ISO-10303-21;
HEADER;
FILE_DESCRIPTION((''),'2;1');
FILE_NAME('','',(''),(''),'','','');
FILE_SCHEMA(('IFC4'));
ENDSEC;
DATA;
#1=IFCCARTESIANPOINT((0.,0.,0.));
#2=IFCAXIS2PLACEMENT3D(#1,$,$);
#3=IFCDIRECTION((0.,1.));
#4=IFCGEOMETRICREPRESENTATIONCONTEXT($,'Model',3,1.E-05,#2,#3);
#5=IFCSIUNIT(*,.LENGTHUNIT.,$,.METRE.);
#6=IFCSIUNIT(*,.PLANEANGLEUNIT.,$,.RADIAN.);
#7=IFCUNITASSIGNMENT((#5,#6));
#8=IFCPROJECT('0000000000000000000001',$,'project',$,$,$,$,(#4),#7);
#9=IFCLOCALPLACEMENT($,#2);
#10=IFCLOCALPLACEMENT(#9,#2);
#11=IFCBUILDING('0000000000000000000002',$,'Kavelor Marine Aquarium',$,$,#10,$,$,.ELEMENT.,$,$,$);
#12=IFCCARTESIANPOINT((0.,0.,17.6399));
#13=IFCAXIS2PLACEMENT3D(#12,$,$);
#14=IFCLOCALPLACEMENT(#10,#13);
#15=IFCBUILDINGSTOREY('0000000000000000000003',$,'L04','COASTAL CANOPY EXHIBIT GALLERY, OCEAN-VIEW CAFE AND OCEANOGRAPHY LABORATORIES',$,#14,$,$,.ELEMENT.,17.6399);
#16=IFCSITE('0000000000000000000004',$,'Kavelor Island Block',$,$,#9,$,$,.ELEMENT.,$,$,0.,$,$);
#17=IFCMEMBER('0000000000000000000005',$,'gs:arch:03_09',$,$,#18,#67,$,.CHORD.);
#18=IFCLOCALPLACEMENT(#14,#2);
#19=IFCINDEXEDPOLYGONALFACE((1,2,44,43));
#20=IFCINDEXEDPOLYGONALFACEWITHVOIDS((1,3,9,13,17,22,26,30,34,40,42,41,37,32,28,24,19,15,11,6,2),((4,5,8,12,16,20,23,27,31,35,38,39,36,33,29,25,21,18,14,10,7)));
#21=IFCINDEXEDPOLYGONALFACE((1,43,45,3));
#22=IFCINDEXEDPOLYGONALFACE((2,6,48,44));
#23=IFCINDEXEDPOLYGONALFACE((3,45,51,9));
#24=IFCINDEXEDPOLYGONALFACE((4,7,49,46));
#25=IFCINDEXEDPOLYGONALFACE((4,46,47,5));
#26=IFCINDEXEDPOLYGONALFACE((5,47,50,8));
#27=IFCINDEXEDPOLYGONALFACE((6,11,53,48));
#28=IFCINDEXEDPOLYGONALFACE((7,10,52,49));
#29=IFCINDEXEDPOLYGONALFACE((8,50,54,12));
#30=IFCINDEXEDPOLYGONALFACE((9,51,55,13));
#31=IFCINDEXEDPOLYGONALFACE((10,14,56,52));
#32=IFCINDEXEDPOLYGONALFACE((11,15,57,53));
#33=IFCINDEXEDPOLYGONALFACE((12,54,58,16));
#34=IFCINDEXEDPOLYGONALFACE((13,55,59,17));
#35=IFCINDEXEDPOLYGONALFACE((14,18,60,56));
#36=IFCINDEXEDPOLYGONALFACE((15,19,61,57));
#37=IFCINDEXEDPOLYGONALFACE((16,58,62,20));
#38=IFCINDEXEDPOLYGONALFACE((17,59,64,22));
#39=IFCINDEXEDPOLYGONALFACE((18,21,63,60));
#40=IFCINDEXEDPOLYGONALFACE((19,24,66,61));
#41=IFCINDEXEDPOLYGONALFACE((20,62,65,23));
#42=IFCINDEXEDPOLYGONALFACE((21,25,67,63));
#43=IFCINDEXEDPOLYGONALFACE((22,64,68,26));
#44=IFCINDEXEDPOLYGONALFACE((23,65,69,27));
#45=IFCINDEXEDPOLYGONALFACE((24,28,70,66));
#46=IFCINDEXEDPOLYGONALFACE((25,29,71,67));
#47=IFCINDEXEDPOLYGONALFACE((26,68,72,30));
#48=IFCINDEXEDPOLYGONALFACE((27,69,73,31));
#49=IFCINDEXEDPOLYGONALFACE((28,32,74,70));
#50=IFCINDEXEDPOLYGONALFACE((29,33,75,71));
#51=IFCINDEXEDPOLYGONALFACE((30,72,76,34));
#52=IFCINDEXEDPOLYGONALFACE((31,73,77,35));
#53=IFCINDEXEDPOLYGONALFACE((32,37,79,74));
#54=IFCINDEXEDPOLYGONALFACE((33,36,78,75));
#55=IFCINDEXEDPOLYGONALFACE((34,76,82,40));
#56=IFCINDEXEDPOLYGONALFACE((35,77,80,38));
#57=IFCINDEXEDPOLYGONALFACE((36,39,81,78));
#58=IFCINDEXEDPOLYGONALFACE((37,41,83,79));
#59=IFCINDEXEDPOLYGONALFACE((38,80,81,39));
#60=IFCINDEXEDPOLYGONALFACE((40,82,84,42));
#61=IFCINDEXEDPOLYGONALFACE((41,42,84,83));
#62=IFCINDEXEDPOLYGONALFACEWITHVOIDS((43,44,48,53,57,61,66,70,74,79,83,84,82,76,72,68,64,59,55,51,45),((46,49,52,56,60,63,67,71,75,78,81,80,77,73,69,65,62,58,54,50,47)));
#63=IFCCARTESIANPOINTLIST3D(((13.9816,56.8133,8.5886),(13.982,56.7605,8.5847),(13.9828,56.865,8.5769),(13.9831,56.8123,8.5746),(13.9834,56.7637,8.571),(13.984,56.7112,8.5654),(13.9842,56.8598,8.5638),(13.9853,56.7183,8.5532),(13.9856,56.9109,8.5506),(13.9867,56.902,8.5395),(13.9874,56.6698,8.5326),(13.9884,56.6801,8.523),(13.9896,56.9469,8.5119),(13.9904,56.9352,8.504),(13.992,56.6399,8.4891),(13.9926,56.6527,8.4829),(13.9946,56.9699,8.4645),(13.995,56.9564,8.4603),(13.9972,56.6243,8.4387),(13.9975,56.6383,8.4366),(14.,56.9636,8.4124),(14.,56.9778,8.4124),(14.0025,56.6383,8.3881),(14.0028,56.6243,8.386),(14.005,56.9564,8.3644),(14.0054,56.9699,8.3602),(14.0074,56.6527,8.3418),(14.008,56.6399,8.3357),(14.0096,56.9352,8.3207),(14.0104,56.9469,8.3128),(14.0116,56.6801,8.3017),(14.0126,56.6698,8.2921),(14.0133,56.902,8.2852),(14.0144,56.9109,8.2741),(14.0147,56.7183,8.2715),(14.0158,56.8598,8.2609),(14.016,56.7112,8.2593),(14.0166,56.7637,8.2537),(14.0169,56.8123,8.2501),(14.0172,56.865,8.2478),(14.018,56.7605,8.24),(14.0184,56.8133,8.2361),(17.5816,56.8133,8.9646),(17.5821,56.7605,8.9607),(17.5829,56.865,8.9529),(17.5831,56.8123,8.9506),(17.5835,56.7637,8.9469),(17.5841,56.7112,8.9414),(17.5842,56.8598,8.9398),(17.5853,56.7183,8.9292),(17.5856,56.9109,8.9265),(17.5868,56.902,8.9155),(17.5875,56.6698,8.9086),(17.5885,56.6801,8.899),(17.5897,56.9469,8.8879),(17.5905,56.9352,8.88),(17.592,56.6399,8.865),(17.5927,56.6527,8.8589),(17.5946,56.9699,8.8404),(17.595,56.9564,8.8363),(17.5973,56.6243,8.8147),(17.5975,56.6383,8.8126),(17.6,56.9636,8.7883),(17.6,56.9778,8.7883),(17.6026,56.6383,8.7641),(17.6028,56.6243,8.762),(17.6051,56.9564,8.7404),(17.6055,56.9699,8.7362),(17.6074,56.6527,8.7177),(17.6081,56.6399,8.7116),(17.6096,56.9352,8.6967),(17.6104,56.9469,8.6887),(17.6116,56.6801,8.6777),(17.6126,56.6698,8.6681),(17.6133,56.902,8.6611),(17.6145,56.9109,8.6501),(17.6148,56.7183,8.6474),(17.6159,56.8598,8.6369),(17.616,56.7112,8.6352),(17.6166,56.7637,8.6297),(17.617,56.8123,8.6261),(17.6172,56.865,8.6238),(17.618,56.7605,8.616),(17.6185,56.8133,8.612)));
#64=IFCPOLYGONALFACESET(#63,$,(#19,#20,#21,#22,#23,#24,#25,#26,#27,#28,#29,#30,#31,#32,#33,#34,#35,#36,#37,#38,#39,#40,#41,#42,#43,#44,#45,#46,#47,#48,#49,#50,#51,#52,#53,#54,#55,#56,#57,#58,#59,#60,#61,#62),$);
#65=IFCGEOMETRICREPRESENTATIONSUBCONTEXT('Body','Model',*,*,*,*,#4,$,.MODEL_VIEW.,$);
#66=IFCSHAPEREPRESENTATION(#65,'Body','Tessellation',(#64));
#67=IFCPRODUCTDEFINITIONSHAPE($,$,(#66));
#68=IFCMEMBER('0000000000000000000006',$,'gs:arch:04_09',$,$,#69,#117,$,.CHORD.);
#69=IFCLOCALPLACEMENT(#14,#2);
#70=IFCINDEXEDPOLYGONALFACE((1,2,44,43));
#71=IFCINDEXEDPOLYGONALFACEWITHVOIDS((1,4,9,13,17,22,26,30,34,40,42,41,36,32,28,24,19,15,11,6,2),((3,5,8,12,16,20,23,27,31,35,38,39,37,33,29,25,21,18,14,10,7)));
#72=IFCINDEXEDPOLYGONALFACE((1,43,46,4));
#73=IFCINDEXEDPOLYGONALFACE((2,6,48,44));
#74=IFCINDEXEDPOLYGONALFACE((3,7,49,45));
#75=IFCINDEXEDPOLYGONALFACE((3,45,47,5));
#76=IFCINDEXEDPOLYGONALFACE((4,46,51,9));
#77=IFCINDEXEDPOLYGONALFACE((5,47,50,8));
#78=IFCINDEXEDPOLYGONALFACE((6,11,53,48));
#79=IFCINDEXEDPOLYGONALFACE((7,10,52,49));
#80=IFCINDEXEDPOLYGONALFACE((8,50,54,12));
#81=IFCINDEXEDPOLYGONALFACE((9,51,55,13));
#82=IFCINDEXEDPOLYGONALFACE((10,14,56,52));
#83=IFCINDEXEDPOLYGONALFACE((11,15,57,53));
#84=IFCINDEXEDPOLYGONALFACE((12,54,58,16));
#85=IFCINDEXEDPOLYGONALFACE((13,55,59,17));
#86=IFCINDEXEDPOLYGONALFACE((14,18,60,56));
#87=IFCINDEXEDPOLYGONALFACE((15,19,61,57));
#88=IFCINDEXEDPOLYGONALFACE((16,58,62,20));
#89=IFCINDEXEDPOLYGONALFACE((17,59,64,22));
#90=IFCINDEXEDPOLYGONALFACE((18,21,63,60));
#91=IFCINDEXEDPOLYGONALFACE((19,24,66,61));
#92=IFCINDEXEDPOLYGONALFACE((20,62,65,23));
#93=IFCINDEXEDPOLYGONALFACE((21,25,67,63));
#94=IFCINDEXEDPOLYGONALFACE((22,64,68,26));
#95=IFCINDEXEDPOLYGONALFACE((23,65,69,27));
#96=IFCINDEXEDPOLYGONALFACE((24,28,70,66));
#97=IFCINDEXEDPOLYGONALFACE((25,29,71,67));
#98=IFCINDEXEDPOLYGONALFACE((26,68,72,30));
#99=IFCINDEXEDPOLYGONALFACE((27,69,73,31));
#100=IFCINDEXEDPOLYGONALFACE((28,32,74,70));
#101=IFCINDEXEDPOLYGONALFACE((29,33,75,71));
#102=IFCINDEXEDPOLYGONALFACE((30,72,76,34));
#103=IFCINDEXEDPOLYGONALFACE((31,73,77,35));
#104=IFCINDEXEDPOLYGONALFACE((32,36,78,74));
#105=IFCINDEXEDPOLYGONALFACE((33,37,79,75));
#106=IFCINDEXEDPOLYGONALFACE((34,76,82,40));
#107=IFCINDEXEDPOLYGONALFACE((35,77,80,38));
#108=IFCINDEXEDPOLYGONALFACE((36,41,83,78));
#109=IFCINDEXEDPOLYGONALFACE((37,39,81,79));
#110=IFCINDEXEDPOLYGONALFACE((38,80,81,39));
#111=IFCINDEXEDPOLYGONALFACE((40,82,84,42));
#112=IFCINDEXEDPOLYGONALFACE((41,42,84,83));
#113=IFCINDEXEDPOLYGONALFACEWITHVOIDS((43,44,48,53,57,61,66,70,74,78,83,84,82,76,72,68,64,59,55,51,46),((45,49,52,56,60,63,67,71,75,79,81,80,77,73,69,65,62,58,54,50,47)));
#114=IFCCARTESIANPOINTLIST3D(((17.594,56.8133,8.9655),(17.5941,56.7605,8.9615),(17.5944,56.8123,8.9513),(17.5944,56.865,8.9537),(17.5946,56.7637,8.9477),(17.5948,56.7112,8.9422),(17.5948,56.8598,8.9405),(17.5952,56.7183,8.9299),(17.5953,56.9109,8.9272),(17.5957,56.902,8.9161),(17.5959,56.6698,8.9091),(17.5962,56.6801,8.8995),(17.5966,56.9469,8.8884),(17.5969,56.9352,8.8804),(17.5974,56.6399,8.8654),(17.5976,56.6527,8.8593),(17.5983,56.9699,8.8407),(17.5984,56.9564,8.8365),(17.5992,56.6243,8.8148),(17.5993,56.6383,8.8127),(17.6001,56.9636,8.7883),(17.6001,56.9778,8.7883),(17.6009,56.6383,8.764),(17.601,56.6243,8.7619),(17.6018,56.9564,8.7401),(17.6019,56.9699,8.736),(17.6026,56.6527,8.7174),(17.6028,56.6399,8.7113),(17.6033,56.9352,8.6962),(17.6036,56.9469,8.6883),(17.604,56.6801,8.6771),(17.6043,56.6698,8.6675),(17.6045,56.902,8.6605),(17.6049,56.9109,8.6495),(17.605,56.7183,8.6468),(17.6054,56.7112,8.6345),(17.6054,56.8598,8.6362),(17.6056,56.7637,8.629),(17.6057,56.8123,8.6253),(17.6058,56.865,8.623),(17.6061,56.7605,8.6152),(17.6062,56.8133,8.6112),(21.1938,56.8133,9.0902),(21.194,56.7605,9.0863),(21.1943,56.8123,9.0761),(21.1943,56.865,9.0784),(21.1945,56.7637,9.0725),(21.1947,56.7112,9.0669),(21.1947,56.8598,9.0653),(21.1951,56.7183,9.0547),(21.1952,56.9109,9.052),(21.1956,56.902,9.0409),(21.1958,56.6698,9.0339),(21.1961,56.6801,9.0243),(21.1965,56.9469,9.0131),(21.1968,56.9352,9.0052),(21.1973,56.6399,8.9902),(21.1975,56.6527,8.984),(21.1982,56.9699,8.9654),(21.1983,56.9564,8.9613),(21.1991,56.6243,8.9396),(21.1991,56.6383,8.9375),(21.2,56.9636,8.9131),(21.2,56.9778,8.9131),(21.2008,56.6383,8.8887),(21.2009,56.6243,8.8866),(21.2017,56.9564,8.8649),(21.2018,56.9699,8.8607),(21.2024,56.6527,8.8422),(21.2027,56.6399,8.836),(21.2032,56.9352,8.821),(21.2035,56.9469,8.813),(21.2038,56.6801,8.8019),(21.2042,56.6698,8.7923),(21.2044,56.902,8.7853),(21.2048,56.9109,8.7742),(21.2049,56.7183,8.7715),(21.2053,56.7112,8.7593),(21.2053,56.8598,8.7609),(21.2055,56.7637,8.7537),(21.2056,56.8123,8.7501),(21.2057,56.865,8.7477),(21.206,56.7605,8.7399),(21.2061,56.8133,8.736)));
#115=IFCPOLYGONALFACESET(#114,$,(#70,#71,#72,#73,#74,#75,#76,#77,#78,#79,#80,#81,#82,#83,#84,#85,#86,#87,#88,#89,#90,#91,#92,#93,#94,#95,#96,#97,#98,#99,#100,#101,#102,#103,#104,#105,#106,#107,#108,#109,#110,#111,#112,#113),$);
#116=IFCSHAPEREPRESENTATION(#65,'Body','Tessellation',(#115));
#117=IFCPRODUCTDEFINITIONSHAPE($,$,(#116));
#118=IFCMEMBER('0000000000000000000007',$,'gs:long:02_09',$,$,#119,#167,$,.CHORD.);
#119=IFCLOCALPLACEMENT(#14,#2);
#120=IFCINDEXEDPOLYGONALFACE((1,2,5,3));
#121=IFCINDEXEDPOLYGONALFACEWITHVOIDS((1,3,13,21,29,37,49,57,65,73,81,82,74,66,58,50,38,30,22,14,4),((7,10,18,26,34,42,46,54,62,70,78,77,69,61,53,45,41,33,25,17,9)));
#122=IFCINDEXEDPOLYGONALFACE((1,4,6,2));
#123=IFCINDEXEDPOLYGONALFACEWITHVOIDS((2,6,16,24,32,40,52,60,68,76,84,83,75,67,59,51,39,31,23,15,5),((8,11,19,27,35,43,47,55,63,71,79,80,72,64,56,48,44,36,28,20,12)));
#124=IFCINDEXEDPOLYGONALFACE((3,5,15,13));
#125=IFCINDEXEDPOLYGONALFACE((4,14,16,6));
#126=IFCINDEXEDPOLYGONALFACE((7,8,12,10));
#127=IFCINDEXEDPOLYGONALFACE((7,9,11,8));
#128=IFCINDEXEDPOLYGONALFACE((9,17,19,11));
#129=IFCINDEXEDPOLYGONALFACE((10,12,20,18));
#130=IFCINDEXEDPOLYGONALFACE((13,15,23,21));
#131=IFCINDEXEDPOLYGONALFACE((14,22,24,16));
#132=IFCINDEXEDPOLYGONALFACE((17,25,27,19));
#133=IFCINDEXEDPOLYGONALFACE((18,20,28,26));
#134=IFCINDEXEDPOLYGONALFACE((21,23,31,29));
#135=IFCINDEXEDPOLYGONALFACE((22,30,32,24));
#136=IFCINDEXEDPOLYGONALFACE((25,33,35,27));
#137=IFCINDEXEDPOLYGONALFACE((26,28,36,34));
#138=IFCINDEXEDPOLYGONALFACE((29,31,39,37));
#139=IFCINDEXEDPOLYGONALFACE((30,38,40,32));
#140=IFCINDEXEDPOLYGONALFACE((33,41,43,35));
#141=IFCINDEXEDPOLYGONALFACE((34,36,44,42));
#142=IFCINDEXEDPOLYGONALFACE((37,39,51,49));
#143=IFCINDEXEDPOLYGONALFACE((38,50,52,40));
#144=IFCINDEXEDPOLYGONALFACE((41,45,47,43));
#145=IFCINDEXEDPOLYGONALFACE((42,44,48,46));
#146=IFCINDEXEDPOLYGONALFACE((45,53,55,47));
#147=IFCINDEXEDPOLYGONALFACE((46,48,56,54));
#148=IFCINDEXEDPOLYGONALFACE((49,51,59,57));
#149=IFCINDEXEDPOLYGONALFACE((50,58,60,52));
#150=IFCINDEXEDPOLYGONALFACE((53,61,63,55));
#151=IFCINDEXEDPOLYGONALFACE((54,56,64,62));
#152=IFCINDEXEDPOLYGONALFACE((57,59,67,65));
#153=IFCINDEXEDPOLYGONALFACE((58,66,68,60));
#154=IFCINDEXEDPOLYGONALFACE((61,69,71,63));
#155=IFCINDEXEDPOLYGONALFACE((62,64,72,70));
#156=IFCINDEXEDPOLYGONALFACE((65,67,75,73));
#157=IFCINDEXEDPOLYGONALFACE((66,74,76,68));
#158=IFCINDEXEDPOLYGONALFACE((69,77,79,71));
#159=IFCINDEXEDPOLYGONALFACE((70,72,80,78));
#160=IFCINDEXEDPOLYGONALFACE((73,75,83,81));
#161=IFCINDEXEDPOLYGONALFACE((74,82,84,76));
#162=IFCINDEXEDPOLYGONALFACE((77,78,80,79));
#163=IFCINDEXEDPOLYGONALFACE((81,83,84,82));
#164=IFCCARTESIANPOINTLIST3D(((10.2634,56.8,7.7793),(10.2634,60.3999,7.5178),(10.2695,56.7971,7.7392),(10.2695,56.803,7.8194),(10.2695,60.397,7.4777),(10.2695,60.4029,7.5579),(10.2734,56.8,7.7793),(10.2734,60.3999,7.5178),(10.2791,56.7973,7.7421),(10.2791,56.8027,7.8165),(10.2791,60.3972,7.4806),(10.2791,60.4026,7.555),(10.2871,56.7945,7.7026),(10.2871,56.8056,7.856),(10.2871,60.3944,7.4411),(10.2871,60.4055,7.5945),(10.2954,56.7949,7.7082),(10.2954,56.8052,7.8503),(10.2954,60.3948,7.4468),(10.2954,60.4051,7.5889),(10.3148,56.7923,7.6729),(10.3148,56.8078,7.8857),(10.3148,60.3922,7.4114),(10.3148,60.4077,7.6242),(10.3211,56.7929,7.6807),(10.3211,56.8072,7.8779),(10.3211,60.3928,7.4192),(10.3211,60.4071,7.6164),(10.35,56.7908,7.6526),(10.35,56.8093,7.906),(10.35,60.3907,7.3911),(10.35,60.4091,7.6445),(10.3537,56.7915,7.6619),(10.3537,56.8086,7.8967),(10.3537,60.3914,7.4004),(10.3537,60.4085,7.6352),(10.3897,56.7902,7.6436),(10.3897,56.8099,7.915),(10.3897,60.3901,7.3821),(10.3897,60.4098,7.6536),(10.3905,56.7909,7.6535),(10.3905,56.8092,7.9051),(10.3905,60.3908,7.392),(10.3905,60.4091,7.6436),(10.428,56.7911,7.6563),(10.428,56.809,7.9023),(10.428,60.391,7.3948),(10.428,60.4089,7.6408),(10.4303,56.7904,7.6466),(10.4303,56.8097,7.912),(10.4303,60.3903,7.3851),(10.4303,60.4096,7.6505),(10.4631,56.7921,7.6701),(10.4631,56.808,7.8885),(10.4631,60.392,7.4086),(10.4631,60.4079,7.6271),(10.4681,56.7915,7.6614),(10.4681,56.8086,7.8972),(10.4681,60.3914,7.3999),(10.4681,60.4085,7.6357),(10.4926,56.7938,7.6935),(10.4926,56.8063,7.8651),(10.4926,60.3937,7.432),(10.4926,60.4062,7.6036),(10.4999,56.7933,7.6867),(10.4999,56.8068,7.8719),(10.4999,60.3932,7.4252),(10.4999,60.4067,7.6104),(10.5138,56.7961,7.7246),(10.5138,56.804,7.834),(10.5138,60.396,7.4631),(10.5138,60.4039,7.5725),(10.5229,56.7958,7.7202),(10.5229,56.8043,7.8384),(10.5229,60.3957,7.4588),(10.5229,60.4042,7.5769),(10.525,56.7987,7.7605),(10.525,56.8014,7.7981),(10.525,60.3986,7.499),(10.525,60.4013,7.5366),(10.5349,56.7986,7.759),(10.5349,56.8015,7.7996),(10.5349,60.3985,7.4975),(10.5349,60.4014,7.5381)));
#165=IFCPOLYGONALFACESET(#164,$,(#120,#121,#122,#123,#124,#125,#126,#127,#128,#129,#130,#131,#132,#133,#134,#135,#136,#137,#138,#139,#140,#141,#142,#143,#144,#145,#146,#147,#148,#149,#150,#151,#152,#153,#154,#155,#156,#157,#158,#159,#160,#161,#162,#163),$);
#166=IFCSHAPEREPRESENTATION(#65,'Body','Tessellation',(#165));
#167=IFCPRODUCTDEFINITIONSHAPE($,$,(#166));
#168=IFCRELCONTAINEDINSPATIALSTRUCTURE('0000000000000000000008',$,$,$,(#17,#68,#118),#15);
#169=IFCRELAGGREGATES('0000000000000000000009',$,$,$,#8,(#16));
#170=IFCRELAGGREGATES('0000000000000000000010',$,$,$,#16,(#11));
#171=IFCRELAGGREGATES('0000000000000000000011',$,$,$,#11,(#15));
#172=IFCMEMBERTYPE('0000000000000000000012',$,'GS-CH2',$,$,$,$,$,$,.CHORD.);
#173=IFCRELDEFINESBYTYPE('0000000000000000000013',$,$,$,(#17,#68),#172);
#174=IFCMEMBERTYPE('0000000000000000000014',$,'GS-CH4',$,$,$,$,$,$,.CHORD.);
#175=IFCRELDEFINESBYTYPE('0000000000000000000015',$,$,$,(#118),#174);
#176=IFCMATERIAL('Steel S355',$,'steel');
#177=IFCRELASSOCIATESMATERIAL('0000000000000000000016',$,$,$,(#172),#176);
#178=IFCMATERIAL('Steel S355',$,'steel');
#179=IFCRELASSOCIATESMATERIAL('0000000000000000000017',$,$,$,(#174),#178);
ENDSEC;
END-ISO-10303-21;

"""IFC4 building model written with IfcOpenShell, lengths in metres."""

from ifc_helpers import new_model, si_unit, direction, frame, origin, origin_2d, place, context, subcontext, project, spatial, hollow_circle, extrude, material, material_profile, profile_set, type_object, element, save


model = new_model("IFC4")

# Units and contexts
model_context = context("Model", 3, precision=1e-05, world=origin(), true_north=direction((0.0, 1.0)))
body_context = subcontext(model_context, "Body", "Model", "MODEL_VIEW")
ifc_project = project(units=[si_unit("LENGTHUNIT", "METRE"), si_unit("PLANEANGLEUNIT", "RADIAN")], contexts=[model_context])

# Site, building, storey
site_placement = place(None, origin())
site = spatial("IfcSite", under=ifc_project, at=site_placement, Name="Kavelor Island Block", CompositionType="ELEMENT", RefElevation=0.0)
building_placement = place(site_placement, origin())
building = spatial("IfcBuilding", under=site, at=building_placement, Name="Kavelor Marine Aquarium", CompositionType="ELEMENT")
storey_placement = place(building_placement, frame((0.0, 0.0, 17.6399)))
storey = spatial("IfcBuildingStorey", under=building, at=storey_placement, Name="L04", Description="COASTAL CANOPY EXHIBIT GALLERY, OCEAN-VIEW CAFE AND OCEANOGRAPHY LABORATORIES", CompositionType="ELEMENT", Elevation=17.6399)

# Members
ifc_material_1 = material(Name="Steel S355", Category="steel")
ifc_material_profile_1 = material_profile(ifc_material_1, hollow_circle(Radius=0.1777, WallThickness=0.0142, at=origin_2d()), Name="CHS 355.6x14.2")
ifc_profile_set_1 = profile_set([ifc_material_profile_1], Name="Steel S355")
member_type_1 = type_object("IfcMemberType", Name="GS-CH2", PredefinedType="CHORD", material=ifc_profile_set_1)
member_1_placement = place(storey_placement, frame((14.0, 56.8, 8.4124), z_axis=(0.994591, 0.0, 0.10387), x_axis=(0.0, 1.0, 0.0)))
element("IfcMember", 1, at=member_1_placement, inside=storey, type_object=member_type_1, Name="gs:arch:03_09", PredefinedType="CHORD", context=body_context, shape_type="SweptSolid", body=[
    extrude(hollow_circle(Radius=0.1777, WallThickness=0.0142, at=origin_2d()), origin(), (0.0, 0.0, 1.0), 3.6196),
])
member_2_placement = place(storey_placement, frame((17.6001, 56.8, 8.7883), z_axis=(0.9994, 0.0, 0.034635), x_axis=(0.0, 1.0, 0.0)))
element("IfcMember", 2, at=member_2_placement, inside=storey, type_object=member_type_1, Name="gs:arch:04_09", PredefinedType="CHORD", context=body_context, shape_type="SweptSolid", body=[
    extrude(hollow_circle(Radius=0.1777, WallThickness=0.0142, at=origin_2d()), origin(), (0.0, 0.0, 1.0), 3.6021),
])
ifc_material_2 = material(Name="Steel S355", Category="steel")
ifc_material_profile_2 = material_profile(ifc_material_2, hollow_circle(Radius=0.1365, WallThickness=0.01, at=origin_2d()), Name="CHS 273.0x10.0")
ifc_profile_set_2 = profile_set([ifc_material_profile_2], Name="Steel S355")
member_type_2 = type_object("IfcMemberType", Name="GS-CH4", PredefinedType="CHORD", material=ifc_profile_set_2)
member_3_placement = place(storey_placement, frame((10.3999, 56.8, 7.7793), z_axis=(0.0, 0.997372, -0.072444), x_axis=(-1.0, 0.0, 0.0)))
element("IfcMember", 3, at=member_3_placement, inside=storey, type_object=member_type_2, Name="gs:long:02_09", PredefinedType="CHORD", context=body_context, shape_type="SweptSolid", body=[
    extrude(hollow_circle(Radius=0.1365, WallThickness=0.01, at=origin_2d()), origin(), (0.0, 0.0, 1.0), 3.6094),
])

save(model, "model.ifc")
